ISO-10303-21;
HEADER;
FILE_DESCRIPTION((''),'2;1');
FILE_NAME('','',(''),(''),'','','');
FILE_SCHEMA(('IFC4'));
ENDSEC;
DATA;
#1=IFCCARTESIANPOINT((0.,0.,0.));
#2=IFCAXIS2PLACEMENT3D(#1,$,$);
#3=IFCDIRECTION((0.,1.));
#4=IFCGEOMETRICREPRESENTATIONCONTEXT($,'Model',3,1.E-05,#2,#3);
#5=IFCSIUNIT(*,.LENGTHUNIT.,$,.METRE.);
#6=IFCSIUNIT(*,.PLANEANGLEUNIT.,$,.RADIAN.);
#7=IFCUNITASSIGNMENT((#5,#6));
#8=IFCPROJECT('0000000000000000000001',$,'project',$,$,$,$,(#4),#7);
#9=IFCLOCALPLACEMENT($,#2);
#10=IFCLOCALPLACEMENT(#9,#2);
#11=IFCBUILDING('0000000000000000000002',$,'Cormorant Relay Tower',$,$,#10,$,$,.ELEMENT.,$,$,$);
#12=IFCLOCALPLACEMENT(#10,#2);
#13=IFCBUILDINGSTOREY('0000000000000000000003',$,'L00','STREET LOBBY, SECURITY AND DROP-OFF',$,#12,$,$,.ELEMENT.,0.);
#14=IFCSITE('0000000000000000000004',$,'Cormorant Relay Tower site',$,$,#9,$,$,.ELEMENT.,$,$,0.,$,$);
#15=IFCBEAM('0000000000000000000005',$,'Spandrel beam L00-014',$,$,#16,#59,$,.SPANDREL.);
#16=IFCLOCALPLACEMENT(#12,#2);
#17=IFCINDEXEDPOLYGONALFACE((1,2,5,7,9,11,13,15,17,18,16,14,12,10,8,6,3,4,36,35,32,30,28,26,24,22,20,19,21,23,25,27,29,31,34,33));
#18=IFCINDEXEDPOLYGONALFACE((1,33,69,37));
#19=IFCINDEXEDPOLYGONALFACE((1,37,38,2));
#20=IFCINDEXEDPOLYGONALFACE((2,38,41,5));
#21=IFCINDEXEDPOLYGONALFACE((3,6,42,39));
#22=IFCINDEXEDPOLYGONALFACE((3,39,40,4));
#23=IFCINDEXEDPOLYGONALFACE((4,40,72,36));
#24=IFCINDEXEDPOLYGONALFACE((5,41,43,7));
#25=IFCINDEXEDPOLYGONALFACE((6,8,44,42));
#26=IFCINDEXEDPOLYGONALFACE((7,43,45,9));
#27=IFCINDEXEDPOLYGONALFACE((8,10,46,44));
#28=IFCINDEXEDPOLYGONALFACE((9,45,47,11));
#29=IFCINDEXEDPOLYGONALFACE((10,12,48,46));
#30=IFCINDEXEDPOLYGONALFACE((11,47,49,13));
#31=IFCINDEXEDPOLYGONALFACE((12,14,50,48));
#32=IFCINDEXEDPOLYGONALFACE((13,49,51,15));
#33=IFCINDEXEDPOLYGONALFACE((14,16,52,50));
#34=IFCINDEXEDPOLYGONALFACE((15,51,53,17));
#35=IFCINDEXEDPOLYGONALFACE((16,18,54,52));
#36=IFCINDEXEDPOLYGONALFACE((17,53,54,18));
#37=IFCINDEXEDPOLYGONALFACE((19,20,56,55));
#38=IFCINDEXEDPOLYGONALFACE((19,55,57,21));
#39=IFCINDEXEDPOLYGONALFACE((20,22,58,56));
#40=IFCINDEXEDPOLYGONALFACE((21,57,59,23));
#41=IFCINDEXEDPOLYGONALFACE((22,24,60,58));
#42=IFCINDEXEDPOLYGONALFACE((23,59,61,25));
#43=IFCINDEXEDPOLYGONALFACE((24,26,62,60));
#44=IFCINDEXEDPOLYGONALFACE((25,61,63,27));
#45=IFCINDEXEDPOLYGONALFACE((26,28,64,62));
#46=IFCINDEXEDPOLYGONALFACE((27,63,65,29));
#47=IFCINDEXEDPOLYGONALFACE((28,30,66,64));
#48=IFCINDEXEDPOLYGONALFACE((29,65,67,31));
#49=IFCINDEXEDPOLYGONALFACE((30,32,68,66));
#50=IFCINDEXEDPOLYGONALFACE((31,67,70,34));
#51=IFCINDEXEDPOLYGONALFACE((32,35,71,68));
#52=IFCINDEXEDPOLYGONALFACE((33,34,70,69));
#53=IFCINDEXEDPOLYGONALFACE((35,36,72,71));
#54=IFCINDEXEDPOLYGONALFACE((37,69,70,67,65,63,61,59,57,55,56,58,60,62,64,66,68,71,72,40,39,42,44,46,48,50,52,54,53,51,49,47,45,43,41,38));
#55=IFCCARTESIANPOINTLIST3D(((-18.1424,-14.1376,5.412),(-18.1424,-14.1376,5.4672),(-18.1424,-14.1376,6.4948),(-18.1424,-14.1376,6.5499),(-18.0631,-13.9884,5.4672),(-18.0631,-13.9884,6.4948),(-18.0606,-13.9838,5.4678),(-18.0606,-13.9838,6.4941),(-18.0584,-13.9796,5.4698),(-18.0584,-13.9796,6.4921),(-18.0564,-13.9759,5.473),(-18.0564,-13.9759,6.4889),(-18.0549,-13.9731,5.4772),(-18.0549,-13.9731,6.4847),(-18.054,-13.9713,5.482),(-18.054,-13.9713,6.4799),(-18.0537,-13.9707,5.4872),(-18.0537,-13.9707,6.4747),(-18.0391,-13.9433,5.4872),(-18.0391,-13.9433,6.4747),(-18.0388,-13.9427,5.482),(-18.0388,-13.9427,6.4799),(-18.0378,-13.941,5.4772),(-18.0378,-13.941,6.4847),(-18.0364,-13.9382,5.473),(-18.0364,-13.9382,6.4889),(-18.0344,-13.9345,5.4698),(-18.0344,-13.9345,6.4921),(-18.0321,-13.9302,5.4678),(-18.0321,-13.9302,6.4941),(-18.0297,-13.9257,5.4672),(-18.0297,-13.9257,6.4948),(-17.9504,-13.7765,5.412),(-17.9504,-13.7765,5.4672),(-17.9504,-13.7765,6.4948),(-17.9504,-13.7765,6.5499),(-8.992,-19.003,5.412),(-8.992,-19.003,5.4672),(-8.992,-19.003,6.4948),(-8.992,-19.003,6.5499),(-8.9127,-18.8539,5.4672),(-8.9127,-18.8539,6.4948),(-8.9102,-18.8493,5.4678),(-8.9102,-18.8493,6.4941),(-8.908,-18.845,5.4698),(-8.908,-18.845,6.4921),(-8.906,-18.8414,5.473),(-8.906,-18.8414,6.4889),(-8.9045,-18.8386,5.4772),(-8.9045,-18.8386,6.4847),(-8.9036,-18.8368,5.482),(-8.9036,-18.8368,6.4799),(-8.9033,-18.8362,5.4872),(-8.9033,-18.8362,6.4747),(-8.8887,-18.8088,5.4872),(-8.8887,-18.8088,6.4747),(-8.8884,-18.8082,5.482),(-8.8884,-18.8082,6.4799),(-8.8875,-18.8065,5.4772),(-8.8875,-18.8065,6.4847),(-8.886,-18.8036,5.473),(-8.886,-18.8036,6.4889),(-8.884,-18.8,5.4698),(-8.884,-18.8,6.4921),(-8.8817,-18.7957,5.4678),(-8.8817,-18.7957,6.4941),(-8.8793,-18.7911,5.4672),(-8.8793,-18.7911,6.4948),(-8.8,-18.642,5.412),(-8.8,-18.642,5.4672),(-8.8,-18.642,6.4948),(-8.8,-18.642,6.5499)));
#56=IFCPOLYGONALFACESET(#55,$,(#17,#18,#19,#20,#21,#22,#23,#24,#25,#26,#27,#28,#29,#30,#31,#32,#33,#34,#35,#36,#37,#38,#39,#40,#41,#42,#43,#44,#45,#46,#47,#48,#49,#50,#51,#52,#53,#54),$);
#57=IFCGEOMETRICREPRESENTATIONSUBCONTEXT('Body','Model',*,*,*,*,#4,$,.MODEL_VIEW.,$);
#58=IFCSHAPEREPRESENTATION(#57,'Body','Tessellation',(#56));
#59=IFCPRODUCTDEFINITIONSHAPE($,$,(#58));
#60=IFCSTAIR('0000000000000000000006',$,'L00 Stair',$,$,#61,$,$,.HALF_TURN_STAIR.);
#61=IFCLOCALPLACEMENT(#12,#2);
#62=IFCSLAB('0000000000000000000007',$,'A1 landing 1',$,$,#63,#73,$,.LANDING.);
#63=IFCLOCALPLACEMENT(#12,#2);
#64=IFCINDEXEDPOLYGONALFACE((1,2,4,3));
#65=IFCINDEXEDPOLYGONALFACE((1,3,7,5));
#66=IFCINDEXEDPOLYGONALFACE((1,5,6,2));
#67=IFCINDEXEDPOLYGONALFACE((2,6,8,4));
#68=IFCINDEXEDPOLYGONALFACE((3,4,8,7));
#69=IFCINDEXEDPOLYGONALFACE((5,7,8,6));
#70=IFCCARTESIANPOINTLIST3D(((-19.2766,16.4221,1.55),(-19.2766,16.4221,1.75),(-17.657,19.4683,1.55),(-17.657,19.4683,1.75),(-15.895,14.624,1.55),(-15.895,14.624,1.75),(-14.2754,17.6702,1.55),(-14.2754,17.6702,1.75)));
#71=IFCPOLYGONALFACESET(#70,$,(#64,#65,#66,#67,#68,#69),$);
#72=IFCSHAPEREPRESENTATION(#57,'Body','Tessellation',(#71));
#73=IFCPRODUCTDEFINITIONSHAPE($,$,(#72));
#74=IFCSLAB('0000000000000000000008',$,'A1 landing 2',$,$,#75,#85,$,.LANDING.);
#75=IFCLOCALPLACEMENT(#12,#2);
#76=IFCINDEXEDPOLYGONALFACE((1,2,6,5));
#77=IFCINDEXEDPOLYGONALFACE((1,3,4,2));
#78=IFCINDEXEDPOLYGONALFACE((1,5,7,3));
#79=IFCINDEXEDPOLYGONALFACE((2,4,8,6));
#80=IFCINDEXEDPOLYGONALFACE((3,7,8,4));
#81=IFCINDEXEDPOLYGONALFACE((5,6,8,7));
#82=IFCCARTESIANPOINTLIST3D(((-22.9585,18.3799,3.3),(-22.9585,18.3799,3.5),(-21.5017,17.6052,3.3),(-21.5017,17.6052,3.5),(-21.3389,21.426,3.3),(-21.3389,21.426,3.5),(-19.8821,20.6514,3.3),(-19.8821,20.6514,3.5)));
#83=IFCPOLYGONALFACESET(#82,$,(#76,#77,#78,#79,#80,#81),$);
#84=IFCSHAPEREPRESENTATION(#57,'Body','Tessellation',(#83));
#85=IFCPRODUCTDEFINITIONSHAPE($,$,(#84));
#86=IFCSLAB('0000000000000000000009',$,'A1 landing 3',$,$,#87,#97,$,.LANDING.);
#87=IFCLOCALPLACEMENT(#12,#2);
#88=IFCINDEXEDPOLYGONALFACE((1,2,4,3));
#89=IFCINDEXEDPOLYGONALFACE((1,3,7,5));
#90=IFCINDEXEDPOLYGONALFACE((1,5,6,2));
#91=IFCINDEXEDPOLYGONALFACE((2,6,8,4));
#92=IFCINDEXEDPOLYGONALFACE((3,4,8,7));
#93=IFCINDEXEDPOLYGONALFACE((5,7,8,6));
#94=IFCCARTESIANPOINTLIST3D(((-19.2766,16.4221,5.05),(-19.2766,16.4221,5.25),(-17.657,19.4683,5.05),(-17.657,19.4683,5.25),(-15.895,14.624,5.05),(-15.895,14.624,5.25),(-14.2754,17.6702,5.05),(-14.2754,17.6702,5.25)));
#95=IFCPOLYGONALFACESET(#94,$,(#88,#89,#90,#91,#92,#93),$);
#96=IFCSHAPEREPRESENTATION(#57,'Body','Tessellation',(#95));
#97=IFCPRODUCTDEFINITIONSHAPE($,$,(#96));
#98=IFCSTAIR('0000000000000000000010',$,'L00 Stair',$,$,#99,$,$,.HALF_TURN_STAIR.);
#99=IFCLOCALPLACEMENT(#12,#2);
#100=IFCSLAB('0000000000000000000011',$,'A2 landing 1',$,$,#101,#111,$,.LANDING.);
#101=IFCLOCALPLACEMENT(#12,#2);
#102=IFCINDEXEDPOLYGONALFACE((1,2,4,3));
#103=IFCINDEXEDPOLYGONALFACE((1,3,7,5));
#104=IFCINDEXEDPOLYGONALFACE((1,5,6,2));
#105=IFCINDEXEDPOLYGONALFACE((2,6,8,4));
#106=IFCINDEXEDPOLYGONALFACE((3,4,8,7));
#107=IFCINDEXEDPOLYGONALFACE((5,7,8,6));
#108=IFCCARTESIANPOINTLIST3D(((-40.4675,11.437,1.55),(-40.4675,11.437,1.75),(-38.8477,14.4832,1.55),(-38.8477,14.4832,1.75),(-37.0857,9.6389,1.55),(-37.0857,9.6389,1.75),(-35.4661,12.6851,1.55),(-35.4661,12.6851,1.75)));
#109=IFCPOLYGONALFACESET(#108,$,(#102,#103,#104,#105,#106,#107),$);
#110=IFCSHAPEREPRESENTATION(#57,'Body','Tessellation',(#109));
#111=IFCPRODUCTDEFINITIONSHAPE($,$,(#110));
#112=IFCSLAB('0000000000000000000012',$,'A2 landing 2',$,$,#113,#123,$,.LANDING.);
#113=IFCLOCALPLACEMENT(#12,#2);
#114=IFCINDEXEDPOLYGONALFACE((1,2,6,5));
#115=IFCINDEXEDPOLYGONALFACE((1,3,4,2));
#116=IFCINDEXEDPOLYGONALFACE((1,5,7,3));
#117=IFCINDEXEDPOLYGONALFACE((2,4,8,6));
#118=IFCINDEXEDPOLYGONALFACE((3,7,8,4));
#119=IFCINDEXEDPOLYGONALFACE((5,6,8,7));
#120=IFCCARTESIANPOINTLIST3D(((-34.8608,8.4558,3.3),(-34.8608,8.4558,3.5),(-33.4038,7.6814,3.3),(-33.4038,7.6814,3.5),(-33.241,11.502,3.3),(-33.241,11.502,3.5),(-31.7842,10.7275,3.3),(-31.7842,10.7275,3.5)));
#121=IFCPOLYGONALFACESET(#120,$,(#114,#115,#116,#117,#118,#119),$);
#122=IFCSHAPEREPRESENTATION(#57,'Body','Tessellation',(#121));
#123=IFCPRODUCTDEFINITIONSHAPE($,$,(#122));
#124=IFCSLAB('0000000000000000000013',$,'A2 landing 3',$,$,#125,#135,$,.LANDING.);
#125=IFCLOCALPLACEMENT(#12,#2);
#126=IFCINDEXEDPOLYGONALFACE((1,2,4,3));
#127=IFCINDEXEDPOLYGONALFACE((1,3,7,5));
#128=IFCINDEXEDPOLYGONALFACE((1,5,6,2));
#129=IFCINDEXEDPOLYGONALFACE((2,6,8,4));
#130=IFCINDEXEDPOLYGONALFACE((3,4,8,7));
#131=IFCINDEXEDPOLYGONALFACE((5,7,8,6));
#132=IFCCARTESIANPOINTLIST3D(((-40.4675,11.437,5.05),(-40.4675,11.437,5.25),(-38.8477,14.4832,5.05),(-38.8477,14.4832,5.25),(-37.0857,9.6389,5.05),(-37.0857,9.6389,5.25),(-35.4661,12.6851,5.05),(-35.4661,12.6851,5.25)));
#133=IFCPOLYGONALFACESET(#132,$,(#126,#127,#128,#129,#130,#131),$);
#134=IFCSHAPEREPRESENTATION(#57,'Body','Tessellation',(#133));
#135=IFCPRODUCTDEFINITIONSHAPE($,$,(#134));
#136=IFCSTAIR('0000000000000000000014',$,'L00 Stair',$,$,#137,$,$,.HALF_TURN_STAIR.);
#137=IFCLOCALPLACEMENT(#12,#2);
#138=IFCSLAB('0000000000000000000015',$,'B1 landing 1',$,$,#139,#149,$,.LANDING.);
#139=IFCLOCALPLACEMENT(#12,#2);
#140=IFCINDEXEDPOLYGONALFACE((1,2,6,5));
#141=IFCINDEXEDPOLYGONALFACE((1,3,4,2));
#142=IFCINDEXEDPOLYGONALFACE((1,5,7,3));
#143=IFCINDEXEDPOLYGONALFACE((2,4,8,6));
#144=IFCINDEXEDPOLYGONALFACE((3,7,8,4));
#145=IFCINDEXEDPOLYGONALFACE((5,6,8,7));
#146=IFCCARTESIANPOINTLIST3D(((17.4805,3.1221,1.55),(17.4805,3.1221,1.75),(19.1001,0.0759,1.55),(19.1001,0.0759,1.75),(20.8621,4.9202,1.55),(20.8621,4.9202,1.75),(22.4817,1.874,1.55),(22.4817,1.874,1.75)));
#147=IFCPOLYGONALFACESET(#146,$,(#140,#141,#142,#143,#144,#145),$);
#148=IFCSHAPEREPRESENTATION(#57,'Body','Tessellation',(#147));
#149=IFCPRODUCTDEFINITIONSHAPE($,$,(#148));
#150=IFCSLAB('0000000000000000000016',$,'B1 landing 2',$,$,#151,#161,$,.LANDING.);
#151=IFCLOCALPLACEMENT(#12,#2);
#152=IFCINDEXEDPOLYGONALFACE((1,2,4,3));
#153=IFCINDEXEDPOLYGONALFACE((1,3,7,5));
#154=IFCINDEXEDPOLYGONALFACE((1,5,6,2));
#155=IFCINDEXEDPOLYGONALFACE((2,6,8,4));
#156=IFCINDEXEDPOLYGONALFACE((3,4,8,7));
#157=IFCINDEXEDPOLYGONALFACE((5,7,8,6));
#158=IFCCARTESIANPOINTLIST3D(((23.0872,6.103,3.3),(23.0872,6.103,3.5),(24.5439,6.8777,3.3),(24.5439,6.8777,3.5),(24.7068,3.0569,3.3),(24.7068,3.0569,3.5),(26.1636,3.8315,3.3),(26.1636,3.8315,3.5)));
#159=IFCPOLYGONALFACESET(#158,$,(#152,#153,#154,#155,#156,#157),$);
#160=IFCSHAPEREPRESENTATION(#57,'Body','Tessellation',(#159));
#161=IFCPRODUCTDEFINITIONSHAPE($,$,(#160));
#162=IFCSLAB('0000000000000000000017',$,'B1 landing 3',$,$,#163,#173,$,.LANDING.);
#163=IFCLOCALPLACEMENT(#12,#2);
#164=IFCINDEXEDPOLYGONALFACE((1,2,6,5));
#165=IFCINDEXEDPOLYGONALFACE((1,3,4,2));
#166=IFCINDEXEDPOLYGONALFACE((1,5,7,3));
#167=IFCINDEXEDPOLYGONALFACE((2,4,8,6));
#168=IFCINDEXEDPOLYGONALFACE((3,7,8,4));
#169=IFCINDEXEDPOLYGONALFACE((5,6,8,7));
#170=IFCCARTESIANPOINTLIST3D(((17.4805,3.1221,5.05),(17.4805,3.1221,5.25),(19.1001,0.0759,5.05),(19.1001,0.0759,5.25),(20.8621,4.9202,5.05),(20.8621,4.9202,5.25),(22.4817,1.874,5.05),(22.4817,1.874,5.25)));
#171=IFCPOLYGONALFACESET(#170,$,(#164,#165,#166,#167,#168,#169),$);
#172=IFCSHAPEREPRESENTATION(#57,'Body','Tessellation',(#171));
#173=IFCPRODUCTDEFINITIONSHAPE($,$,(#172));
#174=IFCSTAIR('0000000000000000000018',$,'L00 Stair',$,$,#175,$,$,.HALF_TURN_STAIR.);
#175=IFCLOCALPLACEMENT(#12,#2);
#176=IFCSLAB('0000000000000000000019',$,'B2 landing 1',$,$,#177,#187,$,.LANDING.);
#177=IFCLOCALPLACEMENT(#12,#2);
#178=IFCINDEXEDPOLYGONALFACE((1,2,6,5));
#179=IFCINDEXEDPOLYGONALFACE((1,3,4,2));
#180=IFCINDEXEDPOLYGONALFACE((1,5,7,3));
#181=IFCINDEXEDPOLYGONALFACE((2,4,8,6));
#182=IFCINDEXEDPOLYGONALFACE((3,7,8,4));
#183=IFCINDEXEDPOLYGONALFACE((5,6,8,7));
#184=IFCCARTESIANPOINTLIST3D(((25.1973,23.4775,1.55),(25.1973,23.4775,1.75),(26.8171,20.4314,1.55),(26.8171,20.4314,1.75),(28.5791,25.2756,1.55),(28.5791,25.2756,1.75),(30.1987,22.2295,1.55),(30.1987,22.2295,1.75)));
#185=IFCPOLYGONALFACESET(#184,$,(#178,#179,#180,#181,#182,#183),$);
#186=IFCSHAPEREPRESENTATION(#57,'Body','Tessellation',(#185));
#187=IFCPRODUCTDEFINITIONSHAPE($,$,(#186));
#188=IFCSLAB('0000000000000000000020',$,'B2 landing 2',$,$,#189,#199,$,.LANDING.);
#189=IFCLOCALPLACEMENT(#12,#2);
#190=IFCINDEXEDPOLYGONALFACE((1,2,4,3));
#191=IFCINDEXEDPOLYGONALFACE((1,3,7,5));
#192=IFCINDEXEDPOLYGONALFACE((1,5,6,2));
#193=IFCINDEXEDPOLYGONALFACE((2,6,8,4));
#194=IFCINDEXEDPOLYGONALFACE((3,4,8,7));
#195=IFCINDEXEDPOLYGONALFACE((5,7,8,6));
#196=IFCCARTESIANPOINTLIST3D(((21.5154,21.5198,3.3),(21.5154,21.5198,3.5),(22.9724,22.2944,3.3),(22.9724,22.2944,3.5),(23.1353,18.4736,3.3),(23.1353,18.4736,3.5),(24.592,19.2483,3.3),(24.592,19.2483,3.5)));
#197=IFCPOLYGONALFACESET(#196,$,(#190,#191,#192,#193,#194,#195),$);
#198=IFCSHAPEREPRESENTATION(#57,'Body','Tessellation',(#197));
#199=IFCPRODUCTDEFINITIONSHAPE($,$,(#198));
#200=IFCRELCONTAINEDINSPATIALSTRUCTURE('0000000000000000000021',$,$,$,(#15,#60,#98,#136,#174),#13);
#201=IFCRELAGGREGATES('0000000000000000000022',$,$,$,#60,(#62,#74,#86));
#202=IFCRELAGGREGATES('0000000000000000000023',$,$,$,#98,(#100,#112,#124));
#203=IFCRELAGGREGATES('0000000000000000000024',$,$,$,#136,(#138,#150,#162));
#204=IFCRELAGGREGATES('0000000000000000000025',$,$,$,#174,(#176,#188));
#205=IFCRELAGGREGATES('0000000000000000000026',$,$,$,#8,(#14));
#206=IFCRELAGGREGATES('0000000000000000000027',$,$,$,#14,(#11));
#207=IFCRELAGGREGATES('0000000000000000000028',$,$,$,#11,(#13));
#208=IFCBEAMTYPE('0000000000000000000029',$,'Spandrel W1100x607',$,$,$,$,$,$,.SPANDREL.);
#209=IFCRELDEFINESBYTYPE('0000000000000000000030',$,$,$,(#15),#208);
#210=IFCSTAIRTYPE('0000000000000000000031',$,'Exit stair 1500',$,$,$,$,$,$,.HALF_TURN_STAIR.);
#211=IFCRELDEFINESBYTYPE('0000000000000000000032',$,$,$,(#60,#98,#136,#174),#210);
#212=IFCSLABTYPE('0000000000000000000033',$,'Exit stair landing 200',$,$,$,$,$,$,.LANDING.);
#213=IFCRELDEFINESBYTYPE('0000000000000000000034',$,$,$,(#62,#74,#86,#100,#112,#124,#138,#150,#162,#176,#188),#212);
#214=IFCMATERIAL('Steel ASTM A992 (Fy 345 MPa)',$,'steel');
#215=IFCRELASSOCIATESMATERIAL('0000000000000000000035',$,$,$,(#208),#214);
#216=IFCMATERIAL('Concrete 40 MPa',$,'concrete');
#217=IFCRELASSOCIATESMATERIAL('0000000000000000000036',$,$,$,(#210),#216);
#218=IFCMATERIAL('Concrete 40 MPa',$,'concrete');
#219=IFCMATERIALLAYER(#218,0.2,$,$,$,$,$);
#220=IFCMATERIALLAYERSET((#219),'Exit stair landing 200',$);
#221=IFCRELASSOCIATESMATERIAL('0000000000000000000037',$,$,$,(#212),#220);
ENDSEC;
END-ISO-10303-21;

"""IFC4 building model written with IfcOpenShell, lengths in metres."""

from ifc_helpers import new_model, si_unit, direction, frame, origin, origin_2d, place, context, subcontext, project, spatial, polyline, i_section, outline, extrude, material, layer, layer_set, material_profile, profile_set, type_object, element, aggregate, save


model = new_model("IFC4")

# Units and contexts
model_context = context("Model", 3, precision=1e-05, world=origin(), true_north=direction((0.0, 1.0)))
body_context = subcontext(model_context, "Body", "Model", "MODEL_VIEW")
ifc_project = project(units=[si_unit("LENGTHUNIT", "METRE"), si_unit("PLANEANGLEUNIT", "RADIAN")], contexts=[model_context])

# Site, building, storey
site_placement = place(None, origin())
site = spatial("IfcSite", under=ifc_project, at=site_placement, Name="Cormorant Relay Tower site", CompositionType="ELEMENT", RefElevation=0.0)
building_placement = place(site_placement, origin())
building = spatial("IfcBuilding", under=site, at=building_placement, Name="Cormorant Relay Tower", CompositionType="ELEMENT")
storey_placement = place(building_placement, origin())
storey = spatial("IfcBuildingStorey", under=building, at=storey_placement, Name="L00", Description="STREET LOBBY, SECURITY AND DROP-OFF", CompositionType="ELEMENT", Elevation=0.0)

# Beam
ifc_material_1 = material(Name="Steel ASTM A992 (Fy 345 MPa)", Category="steel")
ifc_material_profile_1 = material_profile(ifc_material_1, i_section(OverallWidth=0.4089, OverallDepth=1.1379, WebThickness=0.031, FlangeThickness=0.0552, FilletRadius=0.02, at=origin_2d()), Name="W1100x607")
ifc_profile_set_1 = profile_set([ifc_material_profile_1], Name="Steel ASTM A992 (Fy 345 MPa)")
beam_type = type_object("IfcBeamType", Name="Spandrel W1100x607", PredefinedType="SPANDREL", material=ifc_profile_set_1)
beam_placement = place(storey_placement, frame((-18.0464, -13.957, 5.981), z_axis=(0.882942, -0.469481, 0.0), x_axis=(0.469481, 0.882942, 0.0)))
element("IfcBeam", 1, at=beam_placement, inside=storey, type_object=beam_type, Name="Spandrel beam L00-014", PredefinedType="SPANDREL", context=body_context, shape_type="SweptSolid", body=[
    extrude(i_section(OverallWidth=0.4089, OverallDepth=1.1379, WebThickness=0.031, FlangeThickness=0.0552, FilletRadius=0.02, at=origin_2d()), origin(), (0.0, 0.0, 1.0), 10.3635),
])

# Stairs, slabs
ifc_material_2 = material(Name="Concrete 40 MPa", Category="concrete")
stair_type_1 = type_object("IfcStairType", Name="Exit stair 1500", PredefinedType="HALF_TURN_STAIR", material=ifc_material_2)
stair_1_placement = place(storey_placement, origin())
stair_1 = element("IfcStair", 2, at=stair_1_placement, inside=storey, type_object=stair_type_1, Name="L00 Stair", PredefinedType="HALF_TURN_STAIR")
ifc_material_3 = material(Name="Concrete 40 MPa", Category="concrete")
ifc_layer_1 = layer(ifc_material_3, 0.2)
ifc_layer_set_1 = layer_set([ifc_layer_1], Name="Exit stair landing 200")
slab_type_1 = type_object("IfcSlabType", Name="Exit stair landing 200", PredefinedType="LANDING", material=ifc_layer_set_1)
slab_1_placement = place(storey_placement, frame((0.0, 0.0, 1.55)))
slab_1 = element("IfcSlab", 3, at=slab_1_placement, type_object=slab_type_1, Name="A1 landing 1", PredefinedType="LANDING", context=body_context, shape_type="SweptSolid", body=[
    extrude(outline(polyline([(-19.2766, 16.4221), (-15.895, 14.624), (-14.2754, 17.6702), (-17.657, 19.4683), (-19.2766, 16.4221)])), origin(), (0.0, 0.0, 1.0), 0.2),
])
slab_2_placement = place(storey_placement, frame((0.0, 0.0, 3.3)))
slab_2 = element("IfcSlab", 4, at=slab_2_placement, type_object=slab_type_1, Name="A1 landing 2", PredefinedType="LANDING", context=body_context, shape_type="SweptSolid", body=[
    extrude(outline(polyline([(-22.9585, 18.3799), (-21.5017, 17.6052), (-19.8821, 20.6514), (-21.3389, 21.426), (-22.9585, 18.3799)])), origin(), (0.0, 0.0, 1.0), 0.2),
])
slab_3_placement = place(storey_placement, frame((0.0, 0.0, 5.05)))
slab_3 = element("IfcSlab", 5, at=slab_3_placement, type_object=slab_type_1, Name="A1 landing 3", PredefinedType="LANDING", context=body_context, shape_type="SweptSolid", body=[
    extrude(outline(polyline([(-19.2766, 16.4221), (-15.895, 14.624), (-14.2754, 17.6702), (-17.657, 19.4683), (-19.2766, 16.4221)])), origin(), (0.0, 0.0, 1.0), 0.2),
])
aggregate(stair_1, [slab_1, slab_2, slab_3])
stair_2_placement = place(storey_placement, origin())
stair_2 = element("IfcStair", 6, at=stair_2_placement, inside=storey, type_object=stair_type_1, Name="L00 Stair", PredefinedType="HALF_TURN_STAIR")
slab_4_placement = place(storey_placement, frame((0.0, 0.0, 1.55)))
slab_4 = element("IfcSlab", 7, at=slab_4_placement, type_object=slab_type_1, Name="A2 landing 1", PredefinedType="LANDING", context=body_context, shape_type="SweptSolid", body=[
    extrude(outline(polyline([(-35.4661, 12.6851), (-38.8477, 14.4832), (-40.4675, 11.437), (-37.0857, 9.6389), (-35.4661, 12.6851)])), origin(), (0.0, 0.0, 1.0), 0.2),
])
slab_5_placement = place(storey_placement, frame((0.0, 0.0, 3.3)))
slab_5 = element("IfcSlab", 8, at=slab_5_placement, type_object=slab_type_1, Name="A2 landing 2", PredefinedType="LANDING", context=body_context, shape_type="SweptSolid", body=[
    extrude(outline(polyline([(-31.7842, 10.7275), (-33.241, 11.502), (-34.8608, 8.4558), (-33.4038, 7.6814), (-31.7842, 10.7275)])), origin(), (0.0, 0.0, 1.0), 0.2),
])
slab_6_placement = place(storey_placement, frame((0.0, 0.0, 5.05)))
slab_6 = element("IfcSlab", 9, at=slab_6_placement, type_object=slab_type_1, Name="A2 landing 3", PredefinedType="LANDING", context=body_context, shape_type="SweptSolid", body=[
    extrude(outline(polyline([(-35.4661, 12.6851), (-38.8477, 14.4832), (-40.4675, 11.437), (-37.0857, 9.6389), (-35.4661, 12.6851)])), origin(), (0.0, 0.0, 1.0), 0.2),
])
aggregate(stair_2, [slab_4, slab_5, slab_6])
stair_3_placement = place(storey_placement, origin())
stair_3 = element("IfcStair", 10, at=stair_3_placement, inside=storey, type_object=stair_type_1, Name="L00 Stair", PredefinedType="HALF_TURN_STAIR")
slab_7_placement = place(storey_placement, frame((0.0, 0.0, 1.55)))
slab_7 = element("IfcSlab", 11, at=slab_7_placement, type_object=slab_type_1, Name="B1 landing 1", PredefinedType="LANDING", context=body_context, shape_type="SweptSolid", body=[
    extrude(outline(polyline([(20.8621, 4.9202), (17.4805, 3.1221), (19.1001, 0.0759), (22.4817, 1.874), (20.8621, 4.9202)])), origin(), (0.0, 0.0, 1.0), 0.2),
])
slab_8_placement = place(storey_placement, frame((0.0, 0.0, 3.3)))
slab_8 = element("IfcSlab", 12, at=slab_8_placement, type_object=slab_type_1, Name="B1 landing 2", PredefinedType="LANDING", context=body_context, shape_type="SweptSolid", body=[
    extrude(outline(polyline([(24.5439, 6.8777), (23.0872, 6.103), (24.7068, 3.0569), (26.1636, 3.8315), (24.5439, 6.8777)])), origin(), (0.0, 0.0, 1.0), 0.2),
])
slab_9_placement = place(storey_placement, frame((0.0, 0.0, 5.05)))
slab_9 = element("IfcSlab", 13, at=slab_9_placement, type_object=slab_type_1, Name="B1 landing 3", PredefinedType="LANDING", context=body_context, shape_type="SweptSolid", body=[
    extrude(outline(polyline([(20.8621, 4.9202), (17.4805, 3.1221), (19.1001, 0.0759), (22.4817, 1.874), (20.8621, 4.9202)])), origin(), (0.0, 0.0, 1.0), 0.2),
])
aggregate(stair_3, [slab_7, slab_8, slab_9])
stair_4_placement = place(storey_placement, origin())
stair_4 = element("IfcStair", 14, at=stair_4_placement, inside=storey, type_object=stair_type_1, Name="L00 Stair", PredefinedType="HALF_TURN_STAIR")
slab_10_placement = place(storey_placement, frame((0.0, 0.0, 1.55)))
slab_10 = element("IfcSlab", 15, at=slab_10_placement, type_object=slab_type_1, Name="B2 landing 1", PredefinedType="LANDING", context=body_context, shape_type="SweptSolid", body=[
    extrude(outline(polyline([(26.8171, 20.4314), (30.1987, 22.2295), (28.5791, 25.2756), (25.1973, 23.4775), (26.8171, 20.4314)])), origin(), (0.0, 0.0, 1.0), 0.2),
])
slab_11_placement = place(storey_placement, frame((0.0, 0.0, 3.3)))
slab_11 = element("IfcSlab", 16, at=slab_11_placement, type_object=slab_type_1, Name="B2 landing 2", PredefinedType="LANDING", context=body_context, shape_type="SweptSolid", body=[
    extrude(outline(polyline([(23.1353, 18.4736), (24.592, 19.2483), (22.9724, 22.2944), (21.5154, 21.5198), (23.1353, 18.4736)])), origin(), (0.0, 0.0, 1.0), 0.2),
])
aggregate(stair_4, [slab_10, slab_11])

save(model, "model.ifc")
